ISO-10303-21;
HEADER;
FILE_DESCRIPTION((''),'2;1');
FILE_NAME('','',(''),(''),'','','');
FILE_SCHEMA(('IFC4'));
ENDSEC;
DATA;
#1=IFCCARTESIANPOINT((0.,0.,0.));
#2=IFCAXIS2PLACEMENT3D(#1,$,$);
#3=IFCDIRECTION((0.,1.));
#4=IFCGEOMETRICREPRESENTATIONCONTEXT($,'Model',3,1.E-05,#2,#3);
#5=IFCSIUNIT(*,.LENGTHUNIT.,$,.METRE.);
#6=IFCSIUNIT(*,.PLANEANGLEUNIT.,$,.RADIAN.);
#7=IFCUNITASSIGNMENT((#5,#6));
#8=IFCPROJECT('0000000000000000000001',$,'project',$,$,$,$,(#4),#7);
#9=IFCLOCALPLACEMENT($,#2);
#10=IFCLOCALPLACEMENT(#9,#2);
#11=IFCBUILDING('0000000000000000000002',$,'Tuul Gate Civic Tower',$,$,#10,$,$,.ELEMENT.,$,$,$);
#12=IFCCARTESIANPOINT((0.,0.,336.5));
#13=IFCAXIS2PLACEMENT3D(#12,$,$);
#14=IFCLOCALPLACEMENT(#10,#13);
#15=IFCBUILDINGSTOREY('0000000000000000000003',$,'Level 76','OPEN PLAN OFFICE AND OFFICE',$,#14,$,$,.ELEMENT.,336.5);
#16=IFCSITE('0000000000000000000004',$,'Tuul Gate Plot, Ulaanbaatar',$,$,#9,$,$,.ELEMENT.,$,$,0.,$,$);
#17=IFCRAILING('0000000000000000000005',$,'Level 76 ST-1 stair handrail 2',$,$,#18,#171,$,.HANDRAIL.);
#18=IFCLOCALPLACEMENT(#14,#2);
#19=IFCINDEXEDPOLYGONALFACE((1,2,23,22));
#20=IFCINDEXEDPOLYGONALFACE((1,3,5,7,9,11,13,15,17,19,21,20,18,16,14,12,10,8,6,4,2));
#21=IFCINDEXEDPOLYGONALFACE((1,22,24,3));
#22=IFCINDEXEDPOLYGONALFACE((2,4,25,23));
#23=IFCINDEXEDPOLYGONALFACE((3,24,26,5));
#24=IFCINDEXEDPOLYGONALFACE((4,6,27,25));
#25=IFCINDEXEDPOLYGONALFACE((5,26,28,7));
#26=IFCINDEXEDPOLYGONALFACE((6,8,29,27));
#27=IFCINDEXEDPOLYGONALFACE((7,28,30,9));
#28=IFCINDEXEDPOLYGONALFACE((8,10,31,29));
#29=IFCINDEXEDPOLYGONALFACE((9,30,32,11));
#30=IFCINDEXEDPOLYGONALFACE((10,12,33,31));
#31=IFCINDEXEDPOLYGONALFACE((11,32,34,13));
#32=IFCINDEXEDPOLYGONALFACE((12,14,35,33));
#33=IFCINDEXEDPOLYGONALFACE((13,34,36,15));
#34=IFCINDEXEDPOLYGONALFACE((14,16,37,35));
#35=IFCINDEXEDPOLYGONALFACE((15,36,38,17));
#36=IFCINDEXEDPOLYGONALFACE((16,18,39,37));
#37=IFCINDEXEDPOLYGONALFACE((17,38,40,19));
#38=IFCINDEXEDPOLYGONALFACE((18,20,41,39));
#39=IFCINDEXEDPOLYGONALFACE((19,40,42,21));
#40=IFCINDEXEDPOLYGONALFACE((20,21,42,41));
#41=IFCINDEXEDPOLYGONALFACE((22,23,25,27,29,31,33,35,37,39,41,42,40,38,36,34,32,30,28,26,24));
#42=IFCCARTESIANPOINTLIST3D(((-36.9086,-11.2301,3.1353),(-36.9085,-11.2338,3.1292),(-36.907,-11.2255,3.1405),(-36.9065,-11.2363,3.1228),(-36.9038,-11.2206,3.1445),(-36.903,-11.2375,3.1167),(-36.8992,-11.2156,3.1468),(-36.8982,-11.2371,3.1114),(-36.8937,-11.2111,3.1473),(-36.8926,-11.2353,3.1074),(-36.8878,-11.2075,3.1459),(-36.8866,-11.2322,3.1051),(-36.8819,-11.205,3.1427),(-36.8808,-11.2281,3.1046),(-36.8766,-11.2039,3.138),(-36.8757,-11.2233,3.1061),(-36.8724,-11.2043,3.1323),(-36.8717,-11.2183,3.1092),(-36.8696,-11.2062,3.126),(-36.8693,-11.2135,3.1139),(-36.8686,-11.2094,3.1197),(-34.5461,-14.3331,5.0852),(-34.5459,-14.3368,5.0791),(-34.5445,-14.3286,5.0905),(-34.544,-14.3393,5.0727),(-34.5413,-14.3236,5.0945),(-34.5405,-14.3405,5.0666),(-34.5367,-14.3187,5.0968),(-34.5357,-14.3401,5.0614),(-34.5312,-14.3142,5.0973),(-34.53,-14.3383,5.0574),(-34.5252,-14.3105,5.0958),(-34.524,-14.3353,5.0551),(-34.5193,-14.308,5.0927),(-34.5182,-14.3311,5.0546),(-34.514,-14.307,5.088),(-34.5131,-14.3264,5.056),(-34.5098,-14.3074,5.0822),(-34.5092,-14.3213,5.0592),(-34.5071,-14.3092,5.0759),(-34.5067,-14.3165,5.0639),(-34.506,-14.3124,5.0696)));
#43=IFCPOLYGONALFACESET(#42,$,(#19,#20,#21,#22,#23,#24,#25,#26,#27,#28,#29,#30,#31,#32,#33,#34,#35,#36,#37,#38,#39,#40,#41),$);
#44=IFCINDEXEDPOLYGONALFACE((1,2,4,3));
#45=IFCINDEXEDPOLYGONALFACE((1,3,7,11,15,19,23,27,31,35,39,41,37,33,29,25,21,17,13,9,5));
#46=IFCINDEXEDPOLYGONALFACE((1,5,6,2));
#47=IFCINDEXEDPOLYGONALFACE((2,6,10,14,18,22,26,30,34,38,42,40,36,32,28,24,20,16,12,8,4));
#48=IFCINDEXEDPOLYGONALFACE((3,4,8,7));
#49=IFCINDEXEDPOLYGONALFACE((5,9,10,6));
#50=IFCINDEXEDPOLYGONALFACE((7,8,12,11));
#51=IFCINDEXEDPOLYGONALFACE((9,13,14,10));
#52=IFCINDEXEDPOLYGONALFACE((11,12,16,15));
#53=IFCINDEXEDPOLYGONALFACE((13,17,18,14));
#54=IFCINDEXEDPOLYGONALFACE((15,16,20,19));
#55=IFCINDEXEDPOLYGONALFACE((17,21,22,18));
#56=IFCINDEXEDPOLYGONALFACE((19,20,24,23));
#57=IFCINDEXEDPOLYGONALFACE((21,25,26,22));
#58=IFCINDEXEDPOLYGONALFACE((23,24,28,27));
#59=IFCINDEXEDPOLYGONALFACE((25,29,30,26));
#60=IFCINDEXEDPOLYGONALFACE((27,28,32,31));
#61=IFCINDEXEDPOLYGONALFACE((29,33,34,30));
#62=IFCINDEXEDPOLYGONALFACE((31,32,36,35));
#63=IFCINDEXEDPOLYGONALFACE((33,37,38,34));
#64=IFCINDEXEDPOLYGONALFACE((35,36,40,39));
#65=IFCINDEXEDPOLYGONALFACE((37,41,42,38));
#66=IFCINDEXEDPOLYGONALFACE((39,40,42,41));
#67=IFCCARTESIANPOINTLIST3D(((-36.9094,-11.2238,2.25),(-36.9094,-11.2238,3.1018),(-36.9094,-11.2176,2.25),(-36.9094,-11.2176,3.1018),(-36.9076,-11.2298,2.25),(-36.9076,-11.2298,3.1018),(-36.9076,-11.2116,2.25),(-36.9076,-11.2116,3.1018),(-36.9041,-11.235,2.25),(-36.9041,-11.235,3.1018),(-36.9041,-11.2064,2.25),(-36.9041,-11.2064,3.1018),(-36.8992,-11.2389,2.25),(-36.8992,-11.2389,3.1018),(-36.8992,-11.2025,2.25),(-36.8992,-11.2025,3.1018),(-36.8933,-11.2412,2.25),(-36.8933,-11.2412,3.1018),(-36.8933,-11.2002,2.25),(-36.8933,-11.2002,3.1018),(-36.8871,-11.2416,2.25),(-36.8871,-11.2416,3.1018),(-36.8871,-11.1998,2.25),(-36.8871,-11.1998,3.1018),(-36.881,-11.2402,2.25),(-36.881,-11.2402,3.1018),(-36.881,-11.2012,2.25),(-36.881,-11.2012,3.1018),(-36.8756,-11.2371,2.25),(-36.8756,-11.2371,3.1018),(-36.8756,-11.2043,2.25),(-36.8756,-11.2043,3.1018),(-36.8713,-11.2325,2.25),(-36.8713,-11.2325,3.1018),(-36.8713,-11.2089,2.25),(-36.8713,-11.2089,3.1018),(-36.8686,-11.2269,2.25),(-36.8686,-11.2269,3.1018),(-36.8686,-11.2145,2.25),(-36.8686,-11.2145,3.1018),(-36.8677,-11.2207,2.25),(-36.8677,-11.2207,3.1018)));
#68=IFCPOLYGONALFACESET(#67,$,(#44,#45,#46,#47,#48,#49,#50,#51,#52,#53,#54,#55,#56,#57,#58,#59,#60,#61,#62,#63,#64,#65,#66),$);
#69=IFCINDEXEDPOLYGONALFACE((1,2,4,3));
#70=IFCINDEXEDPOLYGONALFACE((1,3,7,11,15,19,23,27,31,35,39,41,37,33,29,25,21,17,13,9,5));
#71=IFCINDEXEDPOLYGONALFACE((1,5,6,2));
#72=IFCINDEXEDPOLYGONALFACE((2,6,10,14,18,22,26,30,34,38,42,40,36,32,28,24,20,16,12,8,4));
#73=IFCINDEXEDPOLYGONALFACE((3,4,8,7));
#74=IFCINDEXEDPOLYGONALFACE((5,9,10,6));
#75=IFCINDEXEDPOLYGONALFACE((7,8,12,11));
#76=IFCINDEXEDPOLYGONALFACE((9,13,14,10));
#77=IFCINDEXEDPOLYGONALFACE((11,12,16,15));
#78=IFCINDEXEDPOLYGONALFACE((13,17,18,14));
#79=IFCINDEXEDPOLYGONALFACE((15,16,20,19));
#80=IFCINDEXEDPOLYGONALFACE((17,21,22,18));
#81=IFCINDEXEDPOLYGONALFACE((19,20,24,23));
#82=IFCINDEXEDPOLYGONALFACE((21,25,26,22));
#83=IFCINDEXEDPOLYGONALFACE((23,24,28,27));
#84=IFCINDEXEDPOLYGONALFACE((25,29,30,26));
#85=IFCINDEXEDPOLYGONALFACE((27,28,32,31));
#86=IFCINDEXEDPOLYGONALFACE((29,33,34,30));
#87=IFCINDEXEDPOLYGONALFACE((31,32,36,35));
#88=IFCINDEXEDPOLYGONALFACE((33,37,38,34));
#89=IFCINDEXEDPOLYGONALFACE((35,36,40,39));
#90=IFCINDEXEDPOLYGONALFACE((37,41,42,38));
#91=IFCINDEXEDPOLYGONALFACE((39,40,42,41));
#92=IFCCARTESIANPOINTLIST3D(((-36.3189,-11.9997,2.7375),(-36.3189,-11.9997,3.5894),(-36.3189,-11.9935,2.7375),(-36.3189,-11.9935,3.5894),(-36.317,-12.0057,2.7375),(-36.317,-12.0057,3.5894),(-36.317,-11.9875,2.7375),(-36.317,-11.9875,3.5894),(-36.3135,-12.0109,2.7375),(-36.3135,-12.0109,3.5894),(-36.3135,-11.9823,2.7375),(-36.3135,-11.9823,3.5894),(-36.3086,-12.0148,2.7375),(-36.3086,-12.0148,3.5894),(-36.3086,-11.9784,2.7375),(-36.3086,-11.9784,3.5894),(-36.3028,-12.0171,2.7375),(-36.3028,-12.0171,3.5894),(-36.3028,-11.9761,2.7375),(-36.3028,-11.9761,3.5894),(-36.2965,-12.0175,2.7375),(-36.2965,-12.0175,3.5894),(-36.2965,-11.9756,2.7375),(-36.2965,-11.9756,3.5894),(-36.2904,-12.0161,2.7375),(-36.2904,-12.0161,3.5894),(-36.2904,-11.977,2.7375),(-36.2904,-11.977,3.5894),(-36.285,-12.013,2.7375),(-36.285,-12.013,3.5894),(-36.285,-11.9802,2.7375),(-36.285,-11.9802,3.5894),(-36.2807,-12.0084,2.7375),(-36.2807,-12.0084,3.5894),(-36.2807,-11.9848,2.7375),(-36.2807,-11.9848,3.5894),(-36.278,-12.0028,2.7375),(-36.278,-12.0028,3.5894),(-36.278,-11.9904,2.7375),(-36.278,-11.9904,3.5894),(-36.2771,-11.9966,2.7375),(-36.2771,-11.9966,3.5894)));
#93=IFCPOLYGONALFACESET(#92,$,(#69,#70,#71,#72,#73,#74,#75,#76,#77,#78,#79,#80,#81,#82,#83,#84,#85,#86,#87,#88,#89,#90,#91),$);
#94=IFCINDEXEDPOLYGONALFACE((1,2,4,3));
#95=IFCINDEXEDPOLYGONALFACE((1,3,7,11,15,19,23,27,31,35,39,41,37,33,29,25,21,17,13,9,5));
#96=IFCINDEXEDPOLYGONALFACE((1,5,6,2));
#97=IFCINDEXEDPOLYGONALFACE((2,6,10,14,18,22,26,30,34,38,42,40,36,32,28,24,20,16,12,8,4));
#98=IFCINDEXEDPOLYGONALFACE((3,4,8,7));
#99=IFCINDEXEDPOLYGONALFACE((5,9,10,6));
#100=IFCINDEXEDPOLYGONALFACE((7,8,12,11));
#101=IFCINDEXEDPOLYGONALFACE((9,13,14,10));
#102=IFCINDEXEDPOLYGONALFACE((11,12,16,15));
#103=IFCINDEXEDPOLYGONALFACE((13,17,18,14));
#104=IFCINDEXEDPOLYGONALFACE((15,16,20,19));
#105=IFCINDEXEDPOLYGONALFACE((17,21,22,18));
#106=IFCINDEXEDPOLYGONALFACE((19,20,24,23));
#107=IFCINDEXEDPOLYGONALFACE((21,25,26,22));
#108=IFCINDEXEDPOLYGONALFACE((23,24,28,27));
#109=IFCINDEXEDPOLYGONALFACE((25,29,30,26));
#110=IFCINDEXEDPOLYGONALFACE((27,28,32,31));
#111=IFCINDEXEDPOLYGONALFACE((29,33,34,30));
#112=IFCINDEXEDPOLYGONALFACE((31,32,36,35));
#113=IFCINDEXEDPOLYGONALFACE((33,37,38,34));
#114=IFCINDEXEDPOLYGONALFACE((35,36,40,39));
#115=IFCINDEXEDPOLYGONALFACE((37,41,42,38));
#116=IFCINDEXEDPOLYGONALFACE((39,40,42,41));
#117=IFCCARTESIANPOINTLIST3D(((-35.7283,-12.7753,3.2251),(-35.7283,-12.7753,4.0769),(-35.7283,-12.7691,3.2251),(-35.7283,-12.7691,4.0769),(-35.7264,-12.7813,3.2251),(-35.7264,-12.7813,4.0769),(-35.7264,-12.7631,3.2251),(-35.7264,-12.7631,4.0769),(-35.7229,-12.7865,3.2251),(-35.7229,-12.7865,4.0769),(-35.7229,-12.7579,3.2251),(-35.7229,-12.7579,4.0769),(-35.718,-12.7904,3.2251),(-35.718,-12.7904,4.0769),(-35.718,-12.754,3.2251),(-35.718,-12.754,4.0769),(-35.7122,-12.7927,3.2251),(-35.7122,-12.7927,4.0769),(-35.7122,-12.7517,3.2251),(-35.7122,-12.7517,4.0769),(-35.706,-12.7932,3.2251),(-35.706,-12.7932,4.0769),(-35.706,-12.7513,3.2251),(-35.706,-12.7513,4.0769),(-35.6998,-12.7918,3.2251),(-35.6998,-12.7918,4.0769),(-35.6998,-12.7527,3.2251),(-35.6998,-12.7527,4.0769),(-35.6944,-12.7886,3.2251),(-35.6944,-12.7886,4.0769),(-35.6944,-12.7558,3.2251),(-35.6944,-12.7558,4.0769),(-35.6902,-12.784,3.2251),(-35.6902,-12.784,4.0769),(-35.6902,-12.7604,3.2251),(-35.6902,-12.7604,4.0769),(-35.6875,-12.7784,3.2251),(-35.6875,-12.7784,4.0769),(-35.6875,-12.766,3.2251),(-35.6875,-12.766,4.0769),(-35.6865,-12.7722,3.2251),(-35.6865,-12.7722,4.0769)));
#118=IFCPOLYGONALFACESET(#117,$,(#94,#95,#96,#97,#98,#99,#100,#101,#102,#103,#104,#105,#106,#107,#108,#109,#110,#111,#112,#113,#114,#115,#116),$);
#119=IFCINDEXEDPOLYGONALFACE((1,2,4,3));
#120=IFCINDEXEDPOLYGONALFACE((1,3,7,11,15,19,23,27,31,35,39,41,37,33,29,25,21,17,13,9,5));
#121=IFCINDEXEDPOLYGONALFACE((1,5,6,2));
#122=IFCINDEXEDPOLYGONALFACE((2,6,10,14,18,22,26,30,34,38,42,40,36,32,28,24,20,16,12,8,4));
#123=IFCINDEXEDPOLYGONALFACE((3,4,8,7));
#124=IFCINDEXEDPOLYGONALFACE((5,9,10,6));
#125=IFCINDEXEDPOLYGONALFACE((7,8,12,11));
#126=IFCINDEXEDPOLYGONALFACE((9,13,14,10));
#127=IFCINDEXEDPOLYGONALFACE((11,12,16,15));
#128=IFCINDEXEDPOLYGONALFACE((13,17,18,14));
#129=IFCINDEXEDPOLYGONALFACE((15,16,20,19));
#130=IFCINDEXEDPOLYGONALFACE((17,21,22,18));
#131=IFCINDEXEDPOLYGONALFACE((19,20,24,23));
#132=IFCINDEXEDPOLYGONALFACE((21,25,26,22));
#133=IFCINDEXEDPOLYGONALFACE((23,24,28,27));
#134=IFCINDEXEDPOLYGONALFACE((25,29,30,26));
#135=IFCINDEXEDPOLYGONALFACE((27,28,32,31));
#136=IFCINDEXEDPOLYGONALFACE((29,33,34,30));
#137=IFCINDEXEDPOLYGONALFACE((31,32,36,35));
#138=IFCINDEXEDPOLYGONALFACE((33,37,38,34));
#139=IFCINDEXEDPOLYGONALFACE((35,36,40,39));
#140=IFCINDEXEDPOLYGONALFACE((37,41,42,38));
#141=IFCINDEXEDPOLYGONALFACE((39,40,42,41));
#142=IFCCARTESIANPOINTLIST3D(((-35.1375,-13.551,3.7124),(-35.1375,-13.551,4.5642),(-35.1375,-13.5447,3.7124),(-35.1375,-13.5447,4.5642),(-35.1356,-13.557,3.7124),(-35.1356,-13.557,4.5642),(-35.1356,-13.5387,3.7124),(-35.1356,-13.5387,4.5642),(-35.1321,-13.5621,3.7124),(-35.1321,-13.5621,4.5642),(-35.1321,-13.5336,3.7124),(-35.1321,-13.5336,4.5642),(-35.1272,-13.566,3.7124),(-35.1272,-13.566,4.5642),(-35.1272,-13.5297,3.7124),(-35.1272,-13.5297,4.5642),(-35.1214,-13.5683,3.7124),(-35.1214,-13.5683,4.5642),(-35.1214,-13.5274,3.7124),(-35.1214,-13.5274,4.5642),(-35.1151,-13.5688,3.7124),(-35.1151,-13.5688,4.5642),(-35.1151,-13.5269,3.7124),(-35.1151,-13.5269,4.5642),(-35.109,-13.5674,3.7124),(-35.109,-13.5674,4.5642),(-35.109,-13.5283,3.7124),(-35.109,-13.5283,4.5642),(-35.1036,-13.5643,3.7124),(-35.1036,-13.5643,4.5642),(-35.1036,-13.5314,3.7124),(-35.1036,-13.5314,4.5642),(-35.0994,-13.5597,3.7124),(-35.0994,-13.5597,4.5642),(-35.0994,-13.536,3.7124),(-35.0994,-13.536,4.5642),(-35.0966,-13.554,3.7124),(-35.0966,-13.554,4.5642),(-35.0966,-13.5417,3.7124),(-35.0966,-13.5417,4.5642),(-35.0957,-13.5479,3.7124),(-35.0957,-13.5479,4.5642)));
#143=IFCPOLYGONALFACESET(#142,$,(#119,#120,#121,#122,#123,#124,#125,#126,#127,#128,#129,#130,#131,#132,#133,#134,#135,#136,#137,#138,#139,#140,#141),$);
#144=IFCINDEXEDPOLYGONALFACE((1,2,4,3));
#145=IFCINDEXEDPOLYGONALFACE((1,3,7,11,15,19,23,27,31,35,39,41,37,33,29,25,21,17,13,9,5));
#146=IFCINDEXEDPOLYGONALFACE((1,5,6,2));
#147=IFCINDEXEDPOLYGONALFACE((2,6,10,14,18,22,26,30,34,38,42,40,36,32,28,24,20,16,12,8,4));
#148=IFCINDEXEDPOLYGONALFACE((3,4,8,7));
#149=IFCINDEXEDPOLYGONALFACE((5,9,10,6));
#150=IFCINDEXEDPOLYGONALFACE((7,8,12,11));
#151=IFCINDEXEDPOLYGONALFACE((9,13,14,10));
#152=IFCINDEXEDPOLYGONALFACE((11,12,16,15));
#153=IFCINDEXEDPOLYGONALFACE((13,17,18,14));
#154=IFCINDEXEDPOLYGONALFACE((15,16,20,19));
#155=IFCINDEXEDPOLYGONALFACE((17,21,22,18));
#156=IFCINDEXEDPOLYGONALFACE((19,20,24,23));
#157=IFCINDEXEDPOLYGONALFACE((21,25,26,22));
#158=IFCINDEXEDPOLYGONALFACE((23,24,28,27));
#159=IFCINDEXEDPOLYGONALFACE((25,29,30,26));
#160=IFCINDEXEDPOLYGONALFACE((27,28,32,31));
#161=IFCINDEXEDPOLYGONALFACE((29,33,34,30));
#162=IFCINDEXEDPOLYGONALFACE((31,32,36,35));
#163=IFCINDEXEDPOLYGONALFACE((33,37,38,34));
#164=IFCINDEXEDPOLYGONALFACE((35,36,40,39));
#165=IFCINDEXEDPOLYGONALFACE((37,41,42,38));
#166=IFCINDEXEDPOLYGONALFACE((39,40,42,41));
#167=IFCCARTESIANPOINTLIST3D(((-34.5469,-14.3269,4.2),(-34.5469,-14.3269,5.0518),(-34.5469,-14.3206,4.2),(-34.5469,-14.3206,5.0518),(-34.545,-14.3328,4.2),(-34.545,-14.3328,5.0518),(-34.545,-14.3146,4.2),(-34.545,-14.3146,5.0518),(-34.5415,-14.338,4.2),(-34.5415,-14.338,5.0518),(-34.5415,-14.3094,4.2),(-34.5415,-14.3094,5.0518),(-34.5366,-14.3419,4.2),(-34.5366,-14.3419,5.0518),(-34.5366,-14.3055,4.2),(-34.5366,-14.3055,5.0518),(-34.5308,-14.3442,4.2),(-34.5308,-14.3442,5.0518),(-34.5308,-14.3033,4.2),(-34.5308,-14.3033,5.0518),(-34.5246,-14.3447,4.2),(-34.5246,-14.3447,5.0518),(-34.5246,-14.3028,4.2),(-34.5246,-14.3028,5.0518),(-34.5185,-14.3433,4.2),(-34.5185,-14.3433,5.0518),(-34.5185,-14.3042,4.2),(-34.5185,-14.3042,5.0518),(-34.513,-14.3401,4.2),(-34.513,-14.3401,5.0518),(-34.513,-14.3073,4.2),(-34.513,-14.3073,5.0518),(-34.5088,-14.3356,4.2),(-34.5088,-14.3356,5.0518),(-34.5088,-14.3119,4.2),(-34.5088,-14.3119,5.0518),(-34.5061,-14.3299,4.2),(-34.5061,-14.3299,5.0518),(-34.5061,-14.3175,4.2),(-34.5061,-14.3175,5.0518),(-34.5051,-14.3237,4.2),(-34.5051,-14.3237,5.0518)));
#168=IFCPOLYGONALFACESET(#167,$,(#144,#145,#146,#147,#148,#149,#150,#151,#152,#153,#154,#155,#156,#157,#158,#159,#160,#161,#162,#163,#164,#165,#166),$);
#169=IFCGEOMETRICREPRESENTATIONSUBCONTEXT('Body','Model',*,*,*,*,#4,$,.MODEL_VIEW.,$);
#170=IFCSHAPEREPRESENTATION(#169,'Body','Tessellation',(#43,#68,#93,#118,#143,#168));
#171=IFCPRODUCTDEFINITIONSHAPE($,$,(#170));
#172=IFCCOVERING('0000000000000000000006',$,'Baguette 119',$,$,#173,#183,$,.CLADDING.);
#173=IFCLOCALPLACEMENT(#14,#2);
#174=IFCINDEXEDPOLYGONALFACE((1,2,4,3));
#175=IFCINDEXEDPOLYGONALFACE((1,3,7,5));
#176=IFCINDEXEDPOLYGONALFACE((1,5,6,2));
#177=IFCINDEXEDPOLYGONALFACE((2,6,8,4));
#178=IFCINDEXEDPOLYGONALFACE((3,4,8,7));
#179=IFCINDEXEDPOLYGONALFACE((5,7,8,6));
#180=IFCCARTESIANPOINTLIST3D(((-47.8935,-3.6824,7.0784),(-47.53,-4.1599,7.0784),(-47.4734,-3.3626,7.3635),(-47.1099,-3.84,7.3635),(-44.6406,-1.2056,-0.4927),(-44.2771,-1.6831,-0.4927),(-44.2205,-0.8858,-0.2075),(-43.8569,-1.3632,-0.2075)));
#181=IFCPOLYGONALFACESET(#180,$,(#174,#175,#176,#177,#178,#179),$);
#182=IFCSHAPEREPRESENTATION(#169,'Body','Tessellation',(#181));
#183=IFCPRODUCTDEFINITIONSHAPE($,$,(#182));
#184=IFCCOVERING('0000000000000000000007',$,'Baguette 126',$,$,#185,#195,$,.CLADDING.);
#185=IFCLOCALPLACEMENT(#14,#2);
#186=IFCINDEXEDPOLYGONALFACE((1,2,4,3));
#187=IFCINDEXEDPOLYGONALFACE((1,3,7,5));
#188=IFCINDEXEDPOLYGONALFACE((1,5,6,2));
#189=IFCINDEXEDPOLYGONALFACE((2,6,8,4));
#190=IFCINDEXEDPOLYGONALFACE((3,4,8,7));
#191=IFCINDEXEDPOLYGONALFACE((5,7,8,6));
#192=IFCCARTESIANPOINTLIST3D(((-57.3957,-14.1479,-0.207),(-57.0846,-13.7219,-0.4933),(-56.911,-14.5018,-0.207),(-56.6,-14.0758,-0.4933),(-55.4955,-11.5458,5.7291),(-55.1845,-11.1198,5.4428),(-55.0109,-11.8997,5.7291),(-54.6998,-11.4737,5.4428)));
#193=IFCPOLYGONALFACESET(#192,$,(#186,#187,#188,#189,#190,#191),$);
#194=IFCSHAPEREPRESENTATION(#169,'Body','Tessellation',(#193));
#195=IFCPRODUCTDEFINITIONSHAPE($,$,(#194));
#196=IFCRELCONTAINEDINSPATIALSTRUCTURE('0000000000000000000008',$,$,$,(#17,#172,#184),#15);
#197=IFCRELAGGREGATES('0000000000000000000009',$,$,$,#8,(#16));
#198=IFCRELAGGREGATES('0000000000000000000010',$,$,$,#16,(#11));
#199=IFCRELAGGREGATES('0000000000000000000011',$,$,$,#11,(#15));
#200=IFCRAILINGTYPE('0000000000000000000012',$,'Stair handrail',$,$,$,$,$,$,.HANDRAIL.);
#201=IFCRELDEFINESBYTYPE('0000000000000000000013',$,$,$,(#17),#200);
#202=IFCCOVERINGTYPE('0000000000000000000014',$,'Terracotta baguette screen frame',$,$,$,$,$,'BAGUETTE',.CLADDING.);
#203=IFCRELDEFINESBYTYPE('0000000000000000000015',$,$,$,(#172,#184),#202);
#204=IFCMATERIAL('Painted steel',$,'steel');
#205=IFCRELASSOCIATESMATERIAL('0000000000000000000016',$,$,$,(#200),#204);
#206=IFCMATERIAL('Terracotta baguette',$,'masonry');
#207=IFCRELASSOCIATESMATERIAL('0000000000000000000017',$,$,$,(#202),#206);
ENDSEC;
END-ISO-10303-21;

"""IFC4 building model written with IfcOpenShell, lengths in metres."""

from ifc_helpers import new_model, si_unit, direction, frame, origin, origin_2d, place, context, subcontext, project, spatial, rectangle, circle, extrude, material, material_profile, profile_set, type_object, element, save


model = new_model("IFC4")

# Units and contexts
model_context = context("Model", 3, precision=1e-05, world=origin(), true_north=direction((0.0, 1.0)))
body_context = subcontext(model_context, "Body", "Model", "MODEL_VIEW")
ifc_project = project(units=[si_unit("LENGTHUNIT", "METRE"), si_unit("PLANEANGLEUNIT", "RADIAN")], contexts=[model_context])

# Site, building, storey
site_placement = place(None, origin())
site = spatial("IfcSite", under=ifc_project, at=site_placement, Name="Tuul Gate Plot, Ulaanbaatar", CompositionType="ELEMENT", RefElevation=0.0)
building_placement = place(site_placement, origin())
building = spatial("IfcBuilding", under=site, at=building_placement, Name="Tuul Gate Civic Tower", CompositionType="ELEMENT")
storey_placement = place(building_placement, frame((0.0, 0.0, 336.5)))
storey = spatial("IfcBuildingStorey", under=building, at=storey_placement, Name="Level 76", Description="OPEN PLAN OFFICE AND OFFICE", CompositionType="ELEMENT", Elevation=336.5)

# Railing
ifc_material_1 = material(Name="Painted steel", Category="steel")
railing_type = type_object("IfcRailingType", Name="Stair handrail", PredefinedType="HANDRAIL", material=ifc_material_1)
railing_placement = place(storey_placement, frame((-36.8887, -11.2207, 2.25)))
element("IfcRailing", 1, at=railing_placement, inside=storey, type_object=railing_type, Name="Level 76 ST-1 stair handrail 2", PredefinedType="HANDRAIL", context=body_context, shape_type="SweptSolid", body=[
    extrude(circle(Radius=0.0239, at=origin_2d()), frame((0.0, 0.0, 0.876), z_axis=(0.541824, -0.711645, 0.4472), x_axis=(0.795637, 0.605773, 0.0)), (0.0, 0.0, 1.0), 4.3604),
    extrude(circle(Radius=0.021, at=origin_2d()), origin(), (0.0, 0.0, 1.0), 0.8518),
    extrude(circle(Radius=0.021, at=origin_2d()), frame((0.5906, -0.7759, 0.4875)), (0.0, 0.0, 1.0), 0.8518),
    extrude(circle(Radius=0.021, at=origin_2d()), frame((1.1812, -1.5515, 0.9751)), (0.0, 0.0, 1.0), 0.8518),
    extrude(circle(Radius=0.021, at=origin_2d()), frame((1.772, -2.3271, 1.4624)), (0.0, 0.0, 1.0), 0.8518),
    extrude(circle(Radius=0.021, at=origin_2d()), frame((2.3625, -3.103, 1.95)), (0.0, 0.0, 1.0), 0.8518),
])

# Coverings
ifc_material_2 = material(Name="Terracotta baguette", Category="masonry")
ifc_material_profile_1 = material_profile(ifc_material_2, rectangle(XDim=0.6001, YDim=0.6001, at=origin_2d()), Name="Terracotta baguette screen frame")
ifc_profile_set_1 = profile_set([ifc_material_profile_1], Name="Terracotta baguette")
covering_type = type_object("IfcCoveringType", Name="Terracotta baguette screen frame", ElementType="BAGUETTE", PredefinedType="CLADDING", material=ifc_profile_set_1)
covering_1_placement = place(storey_placement, frame((-47.5017, -3.7612, 7.2209), z_axis=(0.378051, 0.287851, -0.879897), x_axis=(-0.605793, 0.795622, 0.0)))
element("IfcCovering", 2, at=covering_1_placement, inside=storey, type_object=covering_type, Name="Baguette 119", PredefinedType="CLADDING", context=body_context, shape_type="SweptSolid", body=[
    extrude(rectangle(XDim=0.6001, YDim=0.6001, at=origin_2d()), origin(), (0.0, 0.0, 1.0), 8.6045),
])
covering_2_placement = place(storey_placement, frame((-55.0977, -11.5098, 5.5859), z_axis=(-0.281333, -0.385256, -0.87888), x_axis=(0.807591, -0.589743, 0.0)))
element("IfcCovering", 3, at=covering_2_placement, inside=storey, type_object=covering_type, Name="Baguette 126", PredefinedType="CLADDING", context=body_context, shape_type="SweptSolid", body=[
    extrude(rectangle(XDim=0.6001, YDim=0.6001, at=origin_2d()), origin(), (0.0, 0.0, 1.0), 6.7542),
])

save(model, "model.ifc")
